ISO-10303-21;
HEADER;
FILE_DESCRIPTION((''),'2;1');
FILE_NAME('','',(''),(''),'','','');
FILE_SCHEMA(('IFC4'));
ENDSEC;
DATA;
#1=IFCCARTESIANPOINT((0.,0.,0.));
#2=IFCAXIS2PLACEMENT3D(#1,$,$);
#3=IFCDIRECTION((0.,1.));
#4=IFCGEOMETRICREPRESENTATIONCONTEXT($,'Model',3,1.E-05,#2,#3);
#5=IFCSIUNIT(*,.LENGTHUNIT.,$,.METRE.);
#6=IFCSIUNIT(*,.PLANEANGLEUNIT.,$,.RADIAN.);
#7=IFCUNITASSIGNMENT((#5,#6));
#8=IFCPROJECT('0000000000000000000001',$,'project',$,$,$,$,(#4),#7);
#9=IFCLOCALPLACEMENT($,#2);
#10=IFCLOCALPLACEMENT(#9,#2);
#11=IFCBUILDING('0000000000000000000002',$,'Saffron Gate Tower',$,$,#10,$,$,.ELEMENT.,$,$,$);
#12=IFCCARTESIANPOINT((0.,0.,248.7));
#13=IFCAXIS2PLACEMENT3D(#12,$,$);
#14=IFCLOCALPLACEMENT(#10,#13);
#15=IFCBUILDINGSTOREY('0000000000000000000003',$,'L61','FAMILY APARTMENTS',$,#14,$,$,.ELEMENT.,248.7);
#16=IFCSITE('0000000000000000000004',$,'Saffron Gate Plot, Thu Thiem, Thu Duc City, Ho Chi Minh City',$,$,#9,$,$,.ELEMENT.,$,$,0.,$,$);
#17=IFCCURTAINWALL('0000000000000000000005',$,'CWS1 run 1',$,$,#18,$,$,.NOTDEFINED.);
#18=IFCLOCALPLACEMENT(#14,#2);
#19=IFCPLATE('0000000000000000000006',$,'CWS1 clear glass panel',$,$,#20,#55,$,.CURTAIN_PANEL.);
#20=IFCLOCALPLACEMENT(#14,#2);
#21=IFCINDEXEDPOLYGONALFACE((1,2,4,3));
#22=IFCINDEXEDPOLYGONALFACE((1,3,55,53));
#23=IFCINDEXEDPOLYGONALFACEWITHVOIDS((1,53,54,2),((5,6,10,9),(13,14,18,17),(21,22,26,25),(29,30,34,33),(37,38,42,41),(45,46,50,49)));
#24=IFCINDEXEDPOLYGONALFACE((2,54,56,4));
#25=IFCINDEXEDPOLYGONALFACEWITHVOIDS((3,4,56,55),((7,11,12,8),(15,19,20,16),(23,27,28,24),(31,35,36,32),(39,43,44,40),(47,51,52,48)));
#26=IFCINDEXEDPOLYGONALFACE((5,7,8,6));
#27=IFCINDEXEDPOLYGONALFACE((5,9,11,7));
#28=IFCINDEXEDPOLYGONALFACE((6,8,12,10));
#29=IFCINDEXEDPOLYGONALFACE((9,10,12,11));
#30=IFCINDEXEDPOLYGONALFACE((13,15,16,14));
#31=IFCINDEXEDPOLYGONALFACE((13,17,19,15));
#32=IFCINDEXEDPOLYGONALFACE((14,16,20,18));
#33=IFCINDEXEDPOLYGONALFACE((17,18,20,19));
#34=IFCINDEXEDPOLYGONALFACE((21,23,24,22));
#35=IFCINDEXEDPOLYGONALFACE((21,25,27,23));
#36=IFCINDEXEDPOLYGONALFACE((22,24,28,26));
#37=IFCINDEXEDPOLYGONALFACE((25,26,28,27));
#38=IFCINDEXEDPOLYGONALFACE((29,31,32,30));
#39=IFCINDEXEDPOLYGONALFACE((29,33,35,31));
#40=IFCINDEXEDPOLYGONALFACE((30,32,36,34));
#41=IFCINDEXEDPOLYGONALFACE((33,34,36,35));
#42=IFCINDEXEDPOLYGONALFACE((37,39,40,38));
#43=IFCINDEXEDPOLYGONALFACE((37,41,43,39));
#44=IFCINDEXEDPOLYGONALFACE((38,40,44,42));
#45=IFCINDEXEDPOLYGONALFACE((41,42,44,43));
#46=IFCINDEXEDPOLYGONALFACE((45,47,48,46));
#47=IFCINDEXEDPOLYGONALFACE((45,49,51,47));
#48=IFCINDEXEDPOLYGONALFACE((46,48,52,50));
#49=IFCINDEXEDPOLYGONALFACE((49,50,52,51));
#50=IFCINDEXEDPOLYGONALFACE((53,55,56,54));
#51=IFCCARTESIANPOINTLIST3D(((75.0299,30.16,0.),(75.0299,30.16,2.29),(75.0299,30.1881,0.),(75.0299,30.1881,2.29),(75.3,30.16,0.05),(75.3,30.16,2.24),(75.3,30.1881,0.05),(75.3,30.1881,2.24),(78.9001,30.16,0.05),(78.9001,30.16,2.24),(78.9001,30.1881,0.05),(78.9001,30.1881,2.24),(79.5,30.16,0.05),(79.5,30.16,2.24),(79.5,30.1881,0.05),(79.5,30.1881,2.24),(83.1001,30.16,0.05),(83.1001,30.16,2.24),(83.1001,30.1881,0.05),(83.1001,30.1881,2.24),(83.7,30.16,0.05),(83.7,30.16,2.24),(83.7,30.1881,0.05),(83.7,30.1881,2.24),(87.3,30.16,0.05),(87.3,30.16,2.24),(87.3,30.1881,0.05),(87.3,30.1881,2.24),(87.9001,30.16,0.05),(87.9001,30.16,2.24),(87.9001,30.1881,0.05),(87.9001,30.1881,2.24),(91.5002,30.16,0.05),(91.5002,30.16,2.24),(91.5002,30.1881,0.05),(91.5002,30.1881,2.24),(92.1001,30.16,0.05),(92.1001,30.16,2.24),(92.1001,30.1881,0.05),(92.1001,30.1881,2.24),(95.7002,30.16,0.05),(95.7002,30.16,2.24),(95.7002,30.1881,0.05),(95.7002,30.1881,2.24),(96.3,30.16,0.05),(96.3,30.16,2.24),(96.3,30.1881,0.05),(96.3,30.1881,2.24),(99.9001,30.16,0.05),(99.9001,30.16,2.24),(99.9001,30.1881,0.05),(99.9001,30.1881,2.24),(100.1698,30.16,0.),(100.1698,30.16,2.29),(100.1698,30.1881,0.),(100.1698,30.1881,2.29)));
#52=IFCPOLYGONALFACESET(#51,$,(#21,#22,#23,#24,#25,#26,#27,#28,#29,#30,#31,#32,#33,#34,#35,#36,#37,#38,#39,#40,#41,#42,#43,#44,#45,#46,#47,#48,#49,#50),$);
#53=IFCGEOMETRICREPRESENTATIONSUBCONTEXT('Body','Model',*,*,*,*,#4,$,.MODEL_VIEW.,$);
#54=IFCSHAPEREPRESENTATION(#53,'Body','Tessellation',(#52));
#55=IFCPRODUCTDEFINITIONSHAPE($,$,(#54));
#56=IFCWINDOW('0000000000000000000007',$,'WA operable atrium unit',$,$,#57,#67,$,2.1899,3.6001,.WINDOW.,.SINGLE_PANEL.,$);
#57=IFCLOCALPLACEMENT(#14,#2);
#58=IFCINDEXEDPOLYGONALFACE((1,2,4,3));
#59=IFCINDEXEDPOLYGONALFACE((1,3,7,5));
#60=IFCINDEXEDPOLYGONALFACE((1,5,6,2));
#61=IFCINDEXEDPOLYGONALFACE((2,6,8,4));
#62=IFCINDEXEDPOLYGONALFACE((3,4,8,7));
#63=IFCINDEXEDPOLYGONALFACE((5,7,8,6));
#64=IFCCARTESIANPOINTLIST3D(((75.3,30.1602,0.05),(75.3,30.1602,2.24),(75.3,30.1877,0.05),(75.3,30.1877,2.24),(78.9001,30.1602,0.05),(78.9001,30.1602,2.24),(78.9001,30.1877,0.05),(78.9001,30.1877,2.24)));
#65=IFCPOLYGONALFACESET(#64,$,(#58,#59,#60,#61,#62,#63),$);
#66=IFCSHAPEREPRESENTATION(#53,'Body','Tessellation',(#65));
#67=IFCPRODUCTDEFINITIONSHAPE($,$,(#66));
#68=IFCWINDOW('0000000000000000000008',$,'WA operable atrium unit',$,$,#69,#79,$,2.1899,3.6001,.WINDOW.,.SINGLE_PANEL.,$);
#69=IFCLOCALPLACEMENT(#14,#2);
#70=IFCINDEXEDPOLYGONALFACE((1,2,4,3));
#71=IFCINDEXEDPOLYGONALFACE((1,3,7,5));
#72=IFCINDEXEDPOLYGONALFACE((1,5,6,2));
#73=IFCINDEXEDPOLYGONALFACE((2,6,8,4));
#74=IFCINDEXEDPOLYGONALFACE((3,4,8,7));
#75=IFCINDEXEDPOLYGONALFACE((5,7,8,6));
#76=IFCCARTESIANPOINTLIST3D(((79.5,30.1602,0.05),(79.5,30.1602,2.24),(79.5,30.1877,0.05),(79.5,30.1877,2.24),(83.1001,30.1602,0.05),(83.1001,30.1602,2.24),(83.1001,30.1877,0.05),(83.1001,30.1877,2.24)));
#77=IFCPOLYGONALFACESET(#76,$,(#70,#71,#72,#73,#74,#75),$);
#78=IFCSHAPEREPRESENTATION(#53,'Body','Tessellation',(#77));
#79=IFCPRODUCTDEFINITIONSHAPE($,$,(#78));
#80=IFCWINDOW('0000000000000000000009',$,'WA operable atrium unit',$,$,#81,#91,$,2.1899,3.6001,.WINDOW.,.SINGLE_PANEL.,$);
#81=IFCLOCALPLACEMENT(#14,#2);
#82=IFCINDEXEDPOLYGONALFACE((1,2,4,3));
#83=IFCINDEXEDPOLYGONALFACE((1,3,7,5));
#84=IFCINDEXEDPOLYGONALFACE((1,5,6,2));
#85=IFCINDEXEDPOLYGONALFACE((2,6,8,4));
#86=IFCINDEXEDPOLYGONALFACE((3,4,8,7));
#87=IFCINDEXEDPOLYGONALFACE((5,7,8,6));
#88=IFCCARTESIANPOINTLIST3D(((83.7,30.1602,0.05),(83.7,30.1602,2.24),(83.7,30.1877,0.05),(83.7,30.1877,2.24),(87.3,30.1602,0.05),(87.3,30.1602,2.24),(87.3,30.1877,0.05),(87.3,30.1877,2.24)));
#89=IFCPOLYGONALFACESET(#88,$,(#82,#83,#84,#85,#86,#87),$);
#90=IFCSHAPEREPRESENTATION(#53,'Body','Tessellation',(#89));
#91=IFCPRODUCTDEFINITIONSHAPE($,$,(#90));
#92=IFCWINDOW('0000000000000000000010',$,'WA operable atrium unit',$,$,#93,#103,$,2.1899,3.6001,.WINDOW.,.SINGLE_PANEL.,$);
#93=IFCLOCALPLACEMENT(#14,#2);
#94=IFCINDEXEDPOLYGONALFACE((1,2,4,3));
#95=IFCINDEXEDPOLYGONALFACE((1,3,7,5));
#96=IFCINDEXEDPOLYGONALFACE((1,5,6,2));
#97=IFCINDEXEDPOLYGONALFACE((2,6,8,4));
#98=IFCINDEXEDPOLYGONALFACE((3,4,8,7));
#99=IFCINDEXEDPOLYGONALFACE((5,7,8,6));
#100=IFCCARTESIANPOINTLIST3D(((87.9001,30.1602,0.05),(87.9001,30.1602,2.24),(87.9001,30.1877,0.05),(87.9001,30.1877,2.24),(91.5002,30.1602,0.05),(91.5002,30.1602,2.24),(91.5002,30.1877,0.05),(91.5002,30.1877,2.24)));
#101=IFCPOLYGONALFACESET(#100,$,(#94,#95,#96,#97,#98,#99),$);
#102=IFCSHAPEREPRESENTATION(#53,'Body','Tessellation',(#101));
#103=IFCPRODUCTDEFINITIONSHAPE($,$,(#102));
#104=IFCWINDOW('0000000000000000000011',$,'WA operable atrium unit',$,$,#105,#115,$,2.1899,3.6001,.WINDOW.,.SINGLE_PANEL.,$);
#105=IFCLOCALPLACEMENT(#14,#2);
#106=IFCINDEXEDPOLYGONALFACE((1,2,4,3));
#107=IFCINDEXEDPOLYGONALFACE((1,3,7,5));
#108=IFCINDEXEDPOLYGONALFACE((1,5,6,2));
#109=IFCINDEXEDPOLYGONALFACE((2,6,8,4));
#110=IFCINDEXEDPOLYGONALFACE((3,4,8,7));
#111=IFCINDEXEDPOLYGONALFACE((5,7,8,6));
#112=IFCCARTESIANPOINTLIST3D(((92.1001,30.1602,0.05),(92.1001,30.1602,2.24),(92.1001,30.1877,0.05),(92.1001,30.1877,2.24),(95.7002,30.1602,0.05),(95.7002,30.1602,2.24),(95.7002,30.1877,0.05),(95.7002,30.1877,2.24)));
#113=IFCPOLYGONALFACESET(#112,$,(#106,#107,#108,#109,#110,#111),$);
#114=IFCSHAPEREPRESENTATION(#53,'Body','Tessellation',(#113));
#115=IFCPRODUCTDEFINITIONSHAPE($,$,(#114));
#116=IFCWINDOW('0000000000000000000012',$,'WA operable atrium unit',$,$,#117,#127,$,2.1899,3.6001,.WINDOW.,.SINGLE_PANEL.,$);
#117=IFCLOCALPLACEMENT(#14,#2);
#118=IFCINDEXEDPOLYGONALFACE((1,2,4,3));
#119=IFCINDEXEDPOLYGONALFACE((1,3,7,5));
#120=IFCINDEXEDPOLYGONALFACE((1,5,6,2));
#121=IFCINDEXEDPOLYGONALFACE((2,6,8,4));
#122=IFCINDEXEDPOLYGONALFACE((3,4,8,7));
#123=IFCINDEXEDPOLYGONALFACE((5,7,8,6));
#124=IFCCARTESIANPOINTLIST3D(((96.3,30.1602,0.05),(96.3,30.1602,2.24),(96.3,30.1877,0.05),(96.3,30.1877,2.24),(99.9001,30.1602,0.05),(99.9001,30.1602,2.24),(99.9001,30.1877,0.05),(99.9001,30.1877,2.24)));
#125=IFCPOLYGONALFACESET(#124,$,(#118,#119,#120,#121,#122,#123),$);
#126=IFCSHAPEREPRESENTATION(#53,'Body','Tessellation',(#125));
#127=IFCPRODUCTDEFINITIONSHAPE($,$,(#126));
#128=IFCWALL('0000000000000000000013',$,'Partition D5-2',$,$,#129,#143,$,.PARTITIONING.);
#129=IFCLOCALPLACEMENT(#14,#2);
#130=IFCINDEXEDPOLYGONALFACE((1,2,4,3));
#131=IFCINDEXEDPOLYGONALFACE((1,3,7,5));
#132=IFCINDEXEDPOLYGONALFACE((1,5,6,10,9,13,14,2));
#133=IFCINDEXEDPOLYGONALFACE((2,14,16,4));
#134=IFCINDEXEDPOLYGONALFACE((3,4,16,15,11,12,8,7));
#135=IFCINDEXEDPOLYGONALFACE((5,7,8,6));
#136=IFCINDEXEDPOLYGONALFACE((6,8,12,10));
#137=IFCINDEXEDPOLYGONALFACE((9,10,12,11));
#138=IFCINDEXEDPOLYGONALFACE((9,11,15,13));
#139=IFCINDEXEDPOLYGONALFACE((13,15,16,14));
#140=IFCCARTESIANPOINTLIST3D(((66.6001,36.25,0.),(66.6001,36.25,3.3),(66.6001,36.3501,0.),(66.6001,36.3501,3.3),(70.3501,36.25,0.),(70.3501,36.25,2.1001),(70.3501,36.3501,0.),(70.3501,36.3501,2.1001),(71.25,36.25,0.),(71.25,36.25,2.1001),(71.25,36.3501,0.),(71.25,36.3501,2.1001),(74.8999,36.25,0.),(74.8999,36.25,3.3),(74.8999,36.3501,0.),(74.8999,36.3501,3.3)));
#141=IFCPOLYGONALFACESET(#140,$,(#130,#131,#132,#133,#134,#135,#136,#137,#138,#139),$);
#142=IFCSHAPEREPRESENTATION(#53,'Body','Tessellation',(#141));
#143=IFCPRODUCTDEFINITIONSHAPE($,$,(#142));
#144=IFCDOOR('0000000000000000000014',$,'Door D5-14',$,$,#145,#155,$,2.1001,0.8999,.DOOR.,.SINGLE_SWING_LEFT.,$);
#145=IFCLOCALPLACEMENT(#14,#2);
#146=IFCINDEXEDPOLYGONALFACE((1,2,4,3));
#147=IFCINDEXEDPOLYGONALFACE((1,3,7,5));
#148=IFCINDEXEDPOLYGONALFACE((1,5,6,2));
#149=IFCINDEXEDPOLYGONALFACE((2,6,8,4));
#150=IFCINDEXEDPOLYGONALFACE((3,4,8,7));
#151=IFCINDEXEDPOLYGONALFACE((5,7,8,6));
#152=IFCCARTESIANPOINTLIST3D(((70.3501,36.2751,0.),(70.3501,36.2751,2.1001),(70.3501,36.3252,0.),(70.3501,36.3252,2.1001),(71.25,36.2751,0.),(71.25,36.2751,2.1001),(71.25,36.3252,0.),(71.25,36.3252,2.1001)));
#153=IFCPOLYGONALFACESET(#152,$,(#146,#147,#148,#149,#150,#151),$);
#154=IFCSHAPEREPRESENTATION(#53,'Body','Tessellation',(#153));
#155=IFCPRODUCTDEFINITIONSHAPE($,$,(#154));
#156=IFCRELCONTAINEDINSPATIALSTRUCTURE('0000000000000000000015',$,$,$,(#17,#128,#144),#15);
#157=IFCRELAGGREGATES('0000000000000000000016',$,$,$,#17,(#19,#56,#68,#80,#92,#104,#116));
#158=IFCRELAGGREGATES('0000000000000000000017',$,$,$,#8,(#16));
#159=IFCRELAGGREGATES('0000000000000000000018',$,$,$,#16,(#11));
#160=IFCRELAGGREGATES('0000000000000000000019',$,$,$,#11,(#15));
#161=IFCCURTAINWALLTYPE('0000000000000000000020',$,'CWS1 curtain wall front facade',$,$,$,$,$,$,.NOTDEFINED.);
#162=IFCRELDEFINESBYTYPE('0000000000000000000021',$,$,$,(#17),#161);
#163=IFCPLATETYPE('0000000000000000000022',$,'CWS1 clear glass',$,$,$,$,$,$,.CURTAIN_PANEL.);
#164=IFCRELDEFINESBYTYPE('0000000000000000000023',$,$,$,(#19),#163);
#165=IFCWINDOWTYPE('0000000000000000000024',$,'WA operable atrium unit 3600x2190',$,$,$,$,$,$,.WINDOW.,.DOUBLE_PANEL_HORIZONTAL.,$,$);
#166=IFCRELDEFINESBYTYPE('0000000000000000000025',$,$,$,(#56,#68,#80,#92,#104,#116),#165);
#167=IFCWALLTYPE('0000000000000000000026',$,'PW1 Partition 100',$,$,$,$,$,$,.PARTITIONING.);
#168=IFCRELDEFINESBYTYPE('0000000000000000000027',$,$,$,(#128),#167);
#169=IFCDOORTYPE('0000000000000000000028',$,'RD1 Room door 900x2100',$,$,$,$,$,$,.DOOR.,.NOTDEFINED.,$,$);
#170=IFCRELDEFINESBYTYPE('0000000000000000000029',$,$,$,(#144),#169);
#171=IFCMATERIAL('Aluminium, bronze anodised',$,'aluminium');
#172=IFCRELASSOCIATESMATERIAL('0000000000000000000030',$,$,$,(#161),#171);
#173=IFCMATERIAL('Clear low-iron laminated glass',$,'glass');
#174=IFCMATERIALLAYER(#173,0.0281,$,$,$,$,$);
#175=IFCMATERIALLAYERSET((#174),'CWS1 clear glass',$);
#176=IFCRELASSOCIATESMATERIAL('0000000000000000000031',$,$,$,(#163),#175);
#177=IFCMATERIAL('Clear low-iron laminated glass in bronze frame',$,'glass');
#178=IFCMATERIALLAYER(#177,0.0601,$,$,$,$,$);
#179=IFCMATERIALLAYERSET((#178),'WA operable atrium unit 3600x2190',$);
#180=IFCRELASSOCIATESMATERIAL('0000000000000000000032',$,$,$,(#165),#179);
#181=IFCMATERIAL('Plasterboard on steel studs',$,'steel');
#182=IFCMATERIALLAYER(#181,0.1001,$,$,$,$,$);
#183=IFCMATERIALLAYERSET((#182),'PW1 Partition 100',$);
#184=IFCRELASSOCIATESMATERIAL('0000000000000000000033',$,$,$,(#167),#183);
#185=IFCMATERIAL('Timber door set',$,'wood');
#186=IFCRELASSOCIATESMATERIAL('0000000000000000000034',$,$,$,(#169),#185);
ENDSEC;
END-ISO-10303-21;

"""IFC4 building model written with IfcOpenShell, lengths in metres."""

from ifc_helpers import new_model, si_unit, direction, frame, frame_2d, origin, place, context, subcontext, project, spatial, rectangle, extrude, material, layer, layer_set, type_object, element, fill, aggregate, save


model = new_model("IFC4")

# Units and contexts
model_context = context("Model", 3, precision=1e-05, world=origin(), true_north=direction((0.0, 1.0)))
body_context = subcontext(model_context, "Body", "Model", "MODEL_VIEW")
ifc_project = project(units=[si_unit("LENGTHUNIT", "METRE"), si_unit("PLANEANGLEUNIT", "RADIAN")], contexts=[model_context])

# Site, building, storey
site_placement = place(None, origin())
site = spatial("IfcSite", under=ifc_project, at=site_placement, Name="Saffron Gate Plot, Thu Thiem, Thu Duc City, Ho Chi Minh City", CompositionType="ELEMENT", RefElevation=0.0)
building_placement = place(site_placement, origin())
building = spatial("IfcBuilding", under=site, at=building_placement, Name="Saffron Gate Tower", CompositionType="ELEMENT")
storey_placement = place(building_placement, frame((0.0, 0.0, 248.7)))
storey = spatial("IfcBuildingStorey", under=building, at=storey_placement, Name="L61", Description="FAMILY APARTMENTS", CompositionType="ELEMENT", Elevation=248.7)

# Curtain wall, plate, openings, windows
ifc_material_1 = material(Name="Aluminium, bronze anodised", Category="aluminium")
curtain_wall_type = type_object("IfcCurtainWallType", Name="CWS1 curtain wall front facade", PredefinedType="NOTDEFINED", material=ifc_material_1)
curtain_wall_placement = place(storey_placement, origin())
curtain_wall = element("IfcCurtainWall", 1, at=curtain_wall_placement, inside=storey, type_object=curtain_wall_type, Name="CWS1 run 1", PredefinedType="NOTDEFINED")
ifc_material_2 = material(Name="Clear low-iron laminated glass", Category="glass")
ifc_layer_1 = layer(ifc_material_2, 0.0281)
ifc_layer_set_1 = layer_set([ifc_layer_1], Name="CWS1 clear glass")
plate_type = type_object("IfcPlateType", Name="CWS1 clear glass", PredefinedType="CURTAIN_PANEL", material=ifc_layer_set_1)
plate_placement = place(storey_placement, frame((75.03, 30.1741, 0.0), z_axis=(0.0, 0.0, 1.0), x_axis=(1.0, 0.0, 0.0)))
plate = element("IfcPlate", 2, at=plate_placement, type_object=plate_type, Name="CWS1 clear glass panel", PredefinedType="CURTAIN_PANEL", context=body_context, shape_type="SweptSolid", body=[
    extrude(rectangle(XDim=25.1399, YDim=0.0281, at=frame_2d((12.5698, 0.0))), origin(), (0.0, 0.0, 1.0), 2.29),
])
opening_1_placement = place(plate_placement, frame((0.27, 0.0, 0.05)))
opening_1 = element("IfcOpeningElement", 3, at=opening_1_placement, cuts=plate, PredefinedType="OPENING", context=body_context, shape_type="SweptSolid", body=[
    extrude(rectangle(XDim=3.6001, YDim=2.1899, at=frame_2d((1.8, 1.095))), frame((0.0, 0.0239, 0.0), z_axis=(0.0, -1.0, 0.0), x_axis=(1.0, 0.0, 0.0)), (0.0, 0.0, 1.0), 0.0481),
])
opening_2_placement = place(plate_placement, frame((4.47, 0.0, 0.05)))
opening_2 = element("IfcOpeningElement", 4, at=opening_2_placement, cuts=plate, PredefinedType="OPENING", context=body_context, shape_type="SweptSolid", body=[
    extrude(rectangle(XDim=3.6001, YDim=2.1899, at=frame_2d((1.8, 1.095))), frame((0.0, 0.0239, 0.0), z_axis=(0.0, -1.0, 0.0), x_axis=(1.0, 0.0, 0.0)), (0.0, 0.0, 1.0), 0.0481),
])
opening_3_placement = place(plate_placement, frame((8.6699, 0.0, 0.05)))
opening_3 = element("IfcOpeningElement", 5, at=opening_3_placement, cuts=plate, PredefinedType="OPENING", context=body_context, shape_type="SweptSolid", body=[
    extrude(rectangle(XDim=3.6001, YDim=2.1899, at=frame_2d((1.8, 1.095))), frame((0.0, 0.0239, 0.0), z_axis=(0.0, -1.0, 0.0), x_axis=(1.0, 0.0, 0.0)), (0.0, 0.0, 1.0), 0.0481),
])
opening_4_placement = place(plate_placement, frame((12.8701, 0.0, 0.05)))
opening_4 = element("IfcOpeningElement", 6, at=opening_4_placement, cuts=plate, PredefinedType="OPENING", context=body_context, shape_type="SweptSolid", body=[
    extrude(rectangle(XDim=3.6001, YDim=2.1899, at=frame_2d((1.8, 1.095))), frame((0.0, 0.0239, 0.0), z_axis=(0.0, -1.0, 0.0), x_axis=(1.0, 0.0, 0.0)), (0.0, 0.0, 1.0), 0.0481),
])
opening_5_placement = place(plate_placement, frame((17.0701, 0.0, 0.05)))
opening_5 = element("IfcOpeningElement", 7, at=opening_5_placement, cuts=plate, PredefinedType="OPENING", context=body_context, shape_type="SweptSolid", body=[
    extrude(rectangle(XDim=3.6001, YDim=2.1899, at=frame_2d((1.8, 1.095))), frame((0.0, 0.0239, 0.0), z_axis=(0.0, -1.0, 0.0), x_axis=(1.0, 0.0, 0.0)), (0.0, 0.0, 1.0), 0.0481),
])
opening_6_placement = place(plate_placement, frame((21.27, 0.0, 0.05)))
opening_6 = element("IfcOpeningElement", 8, at=opening_6_placement, cuts=plate, PredefinedType="OPENING", context=body_context, shape_type="SweptSolid", body=[
    extrude(rectangle(XDim=3.6001, YDim=2.1899, at=frame_2d((1.8, 1.095))), frame((0.0, 0.0239, 0.0), z_axis=(0.0, -1.0, 0.0), x_axis=(1.0, 0.0, 0.0)), (0.0, 0.0, 1.0), 0.0481),
])
ifc_material_3 = material(Name="Clear low-iron laminated glass in bronze frame", Category="glass")
ifc_layer_2 = layer(ifc_material_3, 0.0601)
ifc_layer_set_2 = layer_set([ifc_layer_2], Name="WA operable atrium unit 3600x2190")
window_type = type_object("IfcWindowType", Name="WA operable atrium unit 3600x2190", PartitioningType="DOUBLE_PANEL_HORIZONTAL", PredefinedType="WINDOW", material=ifc_layer_set_2)
window_1_placement = place(opening_1_placement, origin())
window_1 = element("IfcWindow", 9, at=window_1_placement, type_object=window_type, Name="WA operable atrium unit", OverallHeight=2.1899, OverallWidth=3.6001, PartitioningType="SINGLE_PANEL", PredefinedType="WINDOW", context=body_context, shape_type="SweptSolid", body=[
    extrude(rectangle(XDim=3.6001, YDim=2.1899, at=frame_2d((1.8, 1.095))), frame((0.0, 0.0137, 0.0), z_axis=(0.0, -1.0, 0.0), x_axis=(1.0, 0.0, 0.0)), (0.0, 0.0, 1.0), 0.0276),
])
fill(opening_1, window_1)
window_2_placement = place(opening_2_placement, origin())
window_2 = element("IfcWindow", 10, at=window_2_placement, type_object=window_type, Name="WA operable atrium unit", OverallHeight=2.1899, OverallWidth=3.6001, PartitioningType="SINGLE_PANEL", PredefinedType="WINDOW", context=body_context, shape_type="SweptSolid", body=[
    extrude(rectangle(XDim=3.6001, YDim=2.1899, at=frame_2d((1.8, 1.095))), frame((0.0, 0.0137, 0.0), z_axis=(0.0, -1.0, 0.0), x_axis=(1.0, 0.0, 0.0)), (0.0, 0.0, 1.0), 0.0276),
])
fill(opening_2, window_2)
window_3_placement = place(opening_3_placement, origin())
window_3 = element("IfcWindow", 11, at=window_3_placement, type_object=window_type, Name="WA operable atrium unit", OverallHeight=2.1899, OverallWidth=3.6001, PartitioningType="SINGLE_PANEL", PredefinedType="WINDOW", context=body_context, shape_type="SweptSolid", body=[
    extrude(rectangle(XDim=3.6001, YDim=2.1899, at=frame_2d((1.8, 1.095))), frame((0.0, 0.0137, 0.0), z_axis=(0.0, -1.0, 0.0), x_axis=(1.0, 0.0, 0.0)), (0.0, 0.0, 1.0), 0.0276),
])
fill(opening_3, window_3)
window_4_placement = place(opening_4_placement, origin())
window_4 = element("IfcWindow", 12, at=window_4_placement, type_object=window_type, Name="WA operable atrium unit", OverallHeight=2.1899, OverallWidth=3.6001, PartitioningType="SINGLE_PANEL", PredefinedType="WINDOW", context=body_context, shape_type="SweptSolid", body=[
    extrude(rectangle(XDim=3.6001, YDim=2.1899, at=frame_2d((1.8, 1.095))), frame((0.0, 0.0137, 0.0), z_axis=(0.0, -1.0, 0.0), x_axis=(1.0, 0.0, 0.0)), (0.0, 0.0, 1.0), 0.0276),
])
fill(opening_4, window_4)
window_5_placement = place(opening_5_placement, origin())
window_5 = element("IfcWindow", 13, at=window_5_placement, type_object=window_type, Name="WA operable atrium unit", OverallHeight=2.1899, OverallWidth=3.6001, PartitioningType="SINGLE_PANEL", PredefinedType="WINDOW", context=body_context, shape_type="SweptSolid", body=[
    extrude(rectangle(XDim=3.6001, YDim=2.1899, at=frame_2d((1.8, 1.095))), frame((0.0, 0.0137, 0.0), z_axis=(0.0, -1.0, 0.0), x_axis=(1.0, 0.0, 0.0)), (0.0, 0.0, 1.0), 0.0276),
])
fill(opening_5, window_5)
window_6_placement = place(opening_6_placement, origin())
window_6 = element("IfcWindow", 14, at=window_6_placement, type_object=window_type, Name="WA operable atrium unit", OverallHeight=2.1899, OverallWidth=3.6001, PartitioningType="SINGLE_PANEL", PredefinedType="WINDOW", context=body_context, shape_type="SweptSolid", body=[
    extrude(rectangle(XDim=3.6001, YDim=2.1899, at=frame_2d((1.8, 1.095))), frame((0.0, 0.0137, 0.0), z_axis=(0.0, -1.0, 0.0), x_axis=(1.0, 0.0, 0.0)), (0.0, 0.0, 1.0), 0.0276),
])
fill(opening_6, window_6)
aggregate(curtain_wall, [plate, window_1, window_2, window_3, window_4, window_5, window_6])

# Wall, opening, door
ifc_material_4 = material(Name="Plasterboard on steel studs", Category="steel")
ifc_layer_3 = layer(ifc_material_4, 0.1001)
ifc_layer_set_3 = layer_set([ifc_layer_3], Name="PW1 Partition 100")
wall_type_1 = type_object("IfcWallType", Name="PW1 Partition 100", PredefinedType="PARTITIONING", material=ifc_layer_set_3)
wall_1_placement = place(storey_placement, frame((74.8999, 36.3, 0.0), z_axis=(0.0, 0.0, 1.0), x_axis=(-1.0, 0.0, 0.0)))
wall_1 = element("IfcWall", 15, at=wall_1_placement, inside=storey, type_object=wall_type_1, Name="Partition D5-2", PredefinedType="PARTITIONING", context=body_context, shape_type="SweptSolid", body=[
    extrude(rectangle(XDim=8.2998, YDim=0.1001, at=frame_2d((4.1499, 0.0))), origin(), (0.0, 0.0, 1.0), 3.3),
])
opening_7_placement = place(wall_1_placement, frame((3.6499, 0.0, 0.0)))
opening_7 = element("IfcOpeningElement", 16, at=opening_7_placement, cuts=wall_1, PredefinedType="OPENING", context=body_context, shape_type="SweptSolid", body=[
    extrude(rectangle(XDim=0.8999, YDim=2.1001, at=frame_2d((0.45, 1.05))), frame((0.0, 0.0601, 0.0), z_axis=(0.0, -1.0, 0.0), x_axis=(1.0, 0.0, 0.0)), (0.0, 0.0, 1.0), 0.1201),
])
ifc_material_5 = material(Name="Timber door set", Category="wood")
door_type = type_object("IfcDoorType", Name="RD1 Room door 900x2100", OperationType="NOTDEFINED", PredefinedType="DOOR", material=ifc_material_5)
door_placement = place(opening_7_placement, origin())
door = element("IfcDoor", 17, at=door_placement, inside=storey, type_object=door_type, Name="Door D5-14", OperationType="SINGLE_SWING_LEFT", OverallHeight=2.1001, OverallWidth=0.8999, PredefinedType="DOOR", context=body_context, shape_type="SweptSolid", body=[
    extrude(rectangle(XDim=0.8999, YDim=2.1001, at=frame_2d((0.45, 1.05))), frame((0.0, 0.0249, 0.0), z_axis=(0.0, -1.0, 0.0), x_axis=(1.0, 0.0, 0.0)), (0.0, 0.0, 1.0), 0.05),
])
fill(opening_7, door)

save(model, "model.ifc")
